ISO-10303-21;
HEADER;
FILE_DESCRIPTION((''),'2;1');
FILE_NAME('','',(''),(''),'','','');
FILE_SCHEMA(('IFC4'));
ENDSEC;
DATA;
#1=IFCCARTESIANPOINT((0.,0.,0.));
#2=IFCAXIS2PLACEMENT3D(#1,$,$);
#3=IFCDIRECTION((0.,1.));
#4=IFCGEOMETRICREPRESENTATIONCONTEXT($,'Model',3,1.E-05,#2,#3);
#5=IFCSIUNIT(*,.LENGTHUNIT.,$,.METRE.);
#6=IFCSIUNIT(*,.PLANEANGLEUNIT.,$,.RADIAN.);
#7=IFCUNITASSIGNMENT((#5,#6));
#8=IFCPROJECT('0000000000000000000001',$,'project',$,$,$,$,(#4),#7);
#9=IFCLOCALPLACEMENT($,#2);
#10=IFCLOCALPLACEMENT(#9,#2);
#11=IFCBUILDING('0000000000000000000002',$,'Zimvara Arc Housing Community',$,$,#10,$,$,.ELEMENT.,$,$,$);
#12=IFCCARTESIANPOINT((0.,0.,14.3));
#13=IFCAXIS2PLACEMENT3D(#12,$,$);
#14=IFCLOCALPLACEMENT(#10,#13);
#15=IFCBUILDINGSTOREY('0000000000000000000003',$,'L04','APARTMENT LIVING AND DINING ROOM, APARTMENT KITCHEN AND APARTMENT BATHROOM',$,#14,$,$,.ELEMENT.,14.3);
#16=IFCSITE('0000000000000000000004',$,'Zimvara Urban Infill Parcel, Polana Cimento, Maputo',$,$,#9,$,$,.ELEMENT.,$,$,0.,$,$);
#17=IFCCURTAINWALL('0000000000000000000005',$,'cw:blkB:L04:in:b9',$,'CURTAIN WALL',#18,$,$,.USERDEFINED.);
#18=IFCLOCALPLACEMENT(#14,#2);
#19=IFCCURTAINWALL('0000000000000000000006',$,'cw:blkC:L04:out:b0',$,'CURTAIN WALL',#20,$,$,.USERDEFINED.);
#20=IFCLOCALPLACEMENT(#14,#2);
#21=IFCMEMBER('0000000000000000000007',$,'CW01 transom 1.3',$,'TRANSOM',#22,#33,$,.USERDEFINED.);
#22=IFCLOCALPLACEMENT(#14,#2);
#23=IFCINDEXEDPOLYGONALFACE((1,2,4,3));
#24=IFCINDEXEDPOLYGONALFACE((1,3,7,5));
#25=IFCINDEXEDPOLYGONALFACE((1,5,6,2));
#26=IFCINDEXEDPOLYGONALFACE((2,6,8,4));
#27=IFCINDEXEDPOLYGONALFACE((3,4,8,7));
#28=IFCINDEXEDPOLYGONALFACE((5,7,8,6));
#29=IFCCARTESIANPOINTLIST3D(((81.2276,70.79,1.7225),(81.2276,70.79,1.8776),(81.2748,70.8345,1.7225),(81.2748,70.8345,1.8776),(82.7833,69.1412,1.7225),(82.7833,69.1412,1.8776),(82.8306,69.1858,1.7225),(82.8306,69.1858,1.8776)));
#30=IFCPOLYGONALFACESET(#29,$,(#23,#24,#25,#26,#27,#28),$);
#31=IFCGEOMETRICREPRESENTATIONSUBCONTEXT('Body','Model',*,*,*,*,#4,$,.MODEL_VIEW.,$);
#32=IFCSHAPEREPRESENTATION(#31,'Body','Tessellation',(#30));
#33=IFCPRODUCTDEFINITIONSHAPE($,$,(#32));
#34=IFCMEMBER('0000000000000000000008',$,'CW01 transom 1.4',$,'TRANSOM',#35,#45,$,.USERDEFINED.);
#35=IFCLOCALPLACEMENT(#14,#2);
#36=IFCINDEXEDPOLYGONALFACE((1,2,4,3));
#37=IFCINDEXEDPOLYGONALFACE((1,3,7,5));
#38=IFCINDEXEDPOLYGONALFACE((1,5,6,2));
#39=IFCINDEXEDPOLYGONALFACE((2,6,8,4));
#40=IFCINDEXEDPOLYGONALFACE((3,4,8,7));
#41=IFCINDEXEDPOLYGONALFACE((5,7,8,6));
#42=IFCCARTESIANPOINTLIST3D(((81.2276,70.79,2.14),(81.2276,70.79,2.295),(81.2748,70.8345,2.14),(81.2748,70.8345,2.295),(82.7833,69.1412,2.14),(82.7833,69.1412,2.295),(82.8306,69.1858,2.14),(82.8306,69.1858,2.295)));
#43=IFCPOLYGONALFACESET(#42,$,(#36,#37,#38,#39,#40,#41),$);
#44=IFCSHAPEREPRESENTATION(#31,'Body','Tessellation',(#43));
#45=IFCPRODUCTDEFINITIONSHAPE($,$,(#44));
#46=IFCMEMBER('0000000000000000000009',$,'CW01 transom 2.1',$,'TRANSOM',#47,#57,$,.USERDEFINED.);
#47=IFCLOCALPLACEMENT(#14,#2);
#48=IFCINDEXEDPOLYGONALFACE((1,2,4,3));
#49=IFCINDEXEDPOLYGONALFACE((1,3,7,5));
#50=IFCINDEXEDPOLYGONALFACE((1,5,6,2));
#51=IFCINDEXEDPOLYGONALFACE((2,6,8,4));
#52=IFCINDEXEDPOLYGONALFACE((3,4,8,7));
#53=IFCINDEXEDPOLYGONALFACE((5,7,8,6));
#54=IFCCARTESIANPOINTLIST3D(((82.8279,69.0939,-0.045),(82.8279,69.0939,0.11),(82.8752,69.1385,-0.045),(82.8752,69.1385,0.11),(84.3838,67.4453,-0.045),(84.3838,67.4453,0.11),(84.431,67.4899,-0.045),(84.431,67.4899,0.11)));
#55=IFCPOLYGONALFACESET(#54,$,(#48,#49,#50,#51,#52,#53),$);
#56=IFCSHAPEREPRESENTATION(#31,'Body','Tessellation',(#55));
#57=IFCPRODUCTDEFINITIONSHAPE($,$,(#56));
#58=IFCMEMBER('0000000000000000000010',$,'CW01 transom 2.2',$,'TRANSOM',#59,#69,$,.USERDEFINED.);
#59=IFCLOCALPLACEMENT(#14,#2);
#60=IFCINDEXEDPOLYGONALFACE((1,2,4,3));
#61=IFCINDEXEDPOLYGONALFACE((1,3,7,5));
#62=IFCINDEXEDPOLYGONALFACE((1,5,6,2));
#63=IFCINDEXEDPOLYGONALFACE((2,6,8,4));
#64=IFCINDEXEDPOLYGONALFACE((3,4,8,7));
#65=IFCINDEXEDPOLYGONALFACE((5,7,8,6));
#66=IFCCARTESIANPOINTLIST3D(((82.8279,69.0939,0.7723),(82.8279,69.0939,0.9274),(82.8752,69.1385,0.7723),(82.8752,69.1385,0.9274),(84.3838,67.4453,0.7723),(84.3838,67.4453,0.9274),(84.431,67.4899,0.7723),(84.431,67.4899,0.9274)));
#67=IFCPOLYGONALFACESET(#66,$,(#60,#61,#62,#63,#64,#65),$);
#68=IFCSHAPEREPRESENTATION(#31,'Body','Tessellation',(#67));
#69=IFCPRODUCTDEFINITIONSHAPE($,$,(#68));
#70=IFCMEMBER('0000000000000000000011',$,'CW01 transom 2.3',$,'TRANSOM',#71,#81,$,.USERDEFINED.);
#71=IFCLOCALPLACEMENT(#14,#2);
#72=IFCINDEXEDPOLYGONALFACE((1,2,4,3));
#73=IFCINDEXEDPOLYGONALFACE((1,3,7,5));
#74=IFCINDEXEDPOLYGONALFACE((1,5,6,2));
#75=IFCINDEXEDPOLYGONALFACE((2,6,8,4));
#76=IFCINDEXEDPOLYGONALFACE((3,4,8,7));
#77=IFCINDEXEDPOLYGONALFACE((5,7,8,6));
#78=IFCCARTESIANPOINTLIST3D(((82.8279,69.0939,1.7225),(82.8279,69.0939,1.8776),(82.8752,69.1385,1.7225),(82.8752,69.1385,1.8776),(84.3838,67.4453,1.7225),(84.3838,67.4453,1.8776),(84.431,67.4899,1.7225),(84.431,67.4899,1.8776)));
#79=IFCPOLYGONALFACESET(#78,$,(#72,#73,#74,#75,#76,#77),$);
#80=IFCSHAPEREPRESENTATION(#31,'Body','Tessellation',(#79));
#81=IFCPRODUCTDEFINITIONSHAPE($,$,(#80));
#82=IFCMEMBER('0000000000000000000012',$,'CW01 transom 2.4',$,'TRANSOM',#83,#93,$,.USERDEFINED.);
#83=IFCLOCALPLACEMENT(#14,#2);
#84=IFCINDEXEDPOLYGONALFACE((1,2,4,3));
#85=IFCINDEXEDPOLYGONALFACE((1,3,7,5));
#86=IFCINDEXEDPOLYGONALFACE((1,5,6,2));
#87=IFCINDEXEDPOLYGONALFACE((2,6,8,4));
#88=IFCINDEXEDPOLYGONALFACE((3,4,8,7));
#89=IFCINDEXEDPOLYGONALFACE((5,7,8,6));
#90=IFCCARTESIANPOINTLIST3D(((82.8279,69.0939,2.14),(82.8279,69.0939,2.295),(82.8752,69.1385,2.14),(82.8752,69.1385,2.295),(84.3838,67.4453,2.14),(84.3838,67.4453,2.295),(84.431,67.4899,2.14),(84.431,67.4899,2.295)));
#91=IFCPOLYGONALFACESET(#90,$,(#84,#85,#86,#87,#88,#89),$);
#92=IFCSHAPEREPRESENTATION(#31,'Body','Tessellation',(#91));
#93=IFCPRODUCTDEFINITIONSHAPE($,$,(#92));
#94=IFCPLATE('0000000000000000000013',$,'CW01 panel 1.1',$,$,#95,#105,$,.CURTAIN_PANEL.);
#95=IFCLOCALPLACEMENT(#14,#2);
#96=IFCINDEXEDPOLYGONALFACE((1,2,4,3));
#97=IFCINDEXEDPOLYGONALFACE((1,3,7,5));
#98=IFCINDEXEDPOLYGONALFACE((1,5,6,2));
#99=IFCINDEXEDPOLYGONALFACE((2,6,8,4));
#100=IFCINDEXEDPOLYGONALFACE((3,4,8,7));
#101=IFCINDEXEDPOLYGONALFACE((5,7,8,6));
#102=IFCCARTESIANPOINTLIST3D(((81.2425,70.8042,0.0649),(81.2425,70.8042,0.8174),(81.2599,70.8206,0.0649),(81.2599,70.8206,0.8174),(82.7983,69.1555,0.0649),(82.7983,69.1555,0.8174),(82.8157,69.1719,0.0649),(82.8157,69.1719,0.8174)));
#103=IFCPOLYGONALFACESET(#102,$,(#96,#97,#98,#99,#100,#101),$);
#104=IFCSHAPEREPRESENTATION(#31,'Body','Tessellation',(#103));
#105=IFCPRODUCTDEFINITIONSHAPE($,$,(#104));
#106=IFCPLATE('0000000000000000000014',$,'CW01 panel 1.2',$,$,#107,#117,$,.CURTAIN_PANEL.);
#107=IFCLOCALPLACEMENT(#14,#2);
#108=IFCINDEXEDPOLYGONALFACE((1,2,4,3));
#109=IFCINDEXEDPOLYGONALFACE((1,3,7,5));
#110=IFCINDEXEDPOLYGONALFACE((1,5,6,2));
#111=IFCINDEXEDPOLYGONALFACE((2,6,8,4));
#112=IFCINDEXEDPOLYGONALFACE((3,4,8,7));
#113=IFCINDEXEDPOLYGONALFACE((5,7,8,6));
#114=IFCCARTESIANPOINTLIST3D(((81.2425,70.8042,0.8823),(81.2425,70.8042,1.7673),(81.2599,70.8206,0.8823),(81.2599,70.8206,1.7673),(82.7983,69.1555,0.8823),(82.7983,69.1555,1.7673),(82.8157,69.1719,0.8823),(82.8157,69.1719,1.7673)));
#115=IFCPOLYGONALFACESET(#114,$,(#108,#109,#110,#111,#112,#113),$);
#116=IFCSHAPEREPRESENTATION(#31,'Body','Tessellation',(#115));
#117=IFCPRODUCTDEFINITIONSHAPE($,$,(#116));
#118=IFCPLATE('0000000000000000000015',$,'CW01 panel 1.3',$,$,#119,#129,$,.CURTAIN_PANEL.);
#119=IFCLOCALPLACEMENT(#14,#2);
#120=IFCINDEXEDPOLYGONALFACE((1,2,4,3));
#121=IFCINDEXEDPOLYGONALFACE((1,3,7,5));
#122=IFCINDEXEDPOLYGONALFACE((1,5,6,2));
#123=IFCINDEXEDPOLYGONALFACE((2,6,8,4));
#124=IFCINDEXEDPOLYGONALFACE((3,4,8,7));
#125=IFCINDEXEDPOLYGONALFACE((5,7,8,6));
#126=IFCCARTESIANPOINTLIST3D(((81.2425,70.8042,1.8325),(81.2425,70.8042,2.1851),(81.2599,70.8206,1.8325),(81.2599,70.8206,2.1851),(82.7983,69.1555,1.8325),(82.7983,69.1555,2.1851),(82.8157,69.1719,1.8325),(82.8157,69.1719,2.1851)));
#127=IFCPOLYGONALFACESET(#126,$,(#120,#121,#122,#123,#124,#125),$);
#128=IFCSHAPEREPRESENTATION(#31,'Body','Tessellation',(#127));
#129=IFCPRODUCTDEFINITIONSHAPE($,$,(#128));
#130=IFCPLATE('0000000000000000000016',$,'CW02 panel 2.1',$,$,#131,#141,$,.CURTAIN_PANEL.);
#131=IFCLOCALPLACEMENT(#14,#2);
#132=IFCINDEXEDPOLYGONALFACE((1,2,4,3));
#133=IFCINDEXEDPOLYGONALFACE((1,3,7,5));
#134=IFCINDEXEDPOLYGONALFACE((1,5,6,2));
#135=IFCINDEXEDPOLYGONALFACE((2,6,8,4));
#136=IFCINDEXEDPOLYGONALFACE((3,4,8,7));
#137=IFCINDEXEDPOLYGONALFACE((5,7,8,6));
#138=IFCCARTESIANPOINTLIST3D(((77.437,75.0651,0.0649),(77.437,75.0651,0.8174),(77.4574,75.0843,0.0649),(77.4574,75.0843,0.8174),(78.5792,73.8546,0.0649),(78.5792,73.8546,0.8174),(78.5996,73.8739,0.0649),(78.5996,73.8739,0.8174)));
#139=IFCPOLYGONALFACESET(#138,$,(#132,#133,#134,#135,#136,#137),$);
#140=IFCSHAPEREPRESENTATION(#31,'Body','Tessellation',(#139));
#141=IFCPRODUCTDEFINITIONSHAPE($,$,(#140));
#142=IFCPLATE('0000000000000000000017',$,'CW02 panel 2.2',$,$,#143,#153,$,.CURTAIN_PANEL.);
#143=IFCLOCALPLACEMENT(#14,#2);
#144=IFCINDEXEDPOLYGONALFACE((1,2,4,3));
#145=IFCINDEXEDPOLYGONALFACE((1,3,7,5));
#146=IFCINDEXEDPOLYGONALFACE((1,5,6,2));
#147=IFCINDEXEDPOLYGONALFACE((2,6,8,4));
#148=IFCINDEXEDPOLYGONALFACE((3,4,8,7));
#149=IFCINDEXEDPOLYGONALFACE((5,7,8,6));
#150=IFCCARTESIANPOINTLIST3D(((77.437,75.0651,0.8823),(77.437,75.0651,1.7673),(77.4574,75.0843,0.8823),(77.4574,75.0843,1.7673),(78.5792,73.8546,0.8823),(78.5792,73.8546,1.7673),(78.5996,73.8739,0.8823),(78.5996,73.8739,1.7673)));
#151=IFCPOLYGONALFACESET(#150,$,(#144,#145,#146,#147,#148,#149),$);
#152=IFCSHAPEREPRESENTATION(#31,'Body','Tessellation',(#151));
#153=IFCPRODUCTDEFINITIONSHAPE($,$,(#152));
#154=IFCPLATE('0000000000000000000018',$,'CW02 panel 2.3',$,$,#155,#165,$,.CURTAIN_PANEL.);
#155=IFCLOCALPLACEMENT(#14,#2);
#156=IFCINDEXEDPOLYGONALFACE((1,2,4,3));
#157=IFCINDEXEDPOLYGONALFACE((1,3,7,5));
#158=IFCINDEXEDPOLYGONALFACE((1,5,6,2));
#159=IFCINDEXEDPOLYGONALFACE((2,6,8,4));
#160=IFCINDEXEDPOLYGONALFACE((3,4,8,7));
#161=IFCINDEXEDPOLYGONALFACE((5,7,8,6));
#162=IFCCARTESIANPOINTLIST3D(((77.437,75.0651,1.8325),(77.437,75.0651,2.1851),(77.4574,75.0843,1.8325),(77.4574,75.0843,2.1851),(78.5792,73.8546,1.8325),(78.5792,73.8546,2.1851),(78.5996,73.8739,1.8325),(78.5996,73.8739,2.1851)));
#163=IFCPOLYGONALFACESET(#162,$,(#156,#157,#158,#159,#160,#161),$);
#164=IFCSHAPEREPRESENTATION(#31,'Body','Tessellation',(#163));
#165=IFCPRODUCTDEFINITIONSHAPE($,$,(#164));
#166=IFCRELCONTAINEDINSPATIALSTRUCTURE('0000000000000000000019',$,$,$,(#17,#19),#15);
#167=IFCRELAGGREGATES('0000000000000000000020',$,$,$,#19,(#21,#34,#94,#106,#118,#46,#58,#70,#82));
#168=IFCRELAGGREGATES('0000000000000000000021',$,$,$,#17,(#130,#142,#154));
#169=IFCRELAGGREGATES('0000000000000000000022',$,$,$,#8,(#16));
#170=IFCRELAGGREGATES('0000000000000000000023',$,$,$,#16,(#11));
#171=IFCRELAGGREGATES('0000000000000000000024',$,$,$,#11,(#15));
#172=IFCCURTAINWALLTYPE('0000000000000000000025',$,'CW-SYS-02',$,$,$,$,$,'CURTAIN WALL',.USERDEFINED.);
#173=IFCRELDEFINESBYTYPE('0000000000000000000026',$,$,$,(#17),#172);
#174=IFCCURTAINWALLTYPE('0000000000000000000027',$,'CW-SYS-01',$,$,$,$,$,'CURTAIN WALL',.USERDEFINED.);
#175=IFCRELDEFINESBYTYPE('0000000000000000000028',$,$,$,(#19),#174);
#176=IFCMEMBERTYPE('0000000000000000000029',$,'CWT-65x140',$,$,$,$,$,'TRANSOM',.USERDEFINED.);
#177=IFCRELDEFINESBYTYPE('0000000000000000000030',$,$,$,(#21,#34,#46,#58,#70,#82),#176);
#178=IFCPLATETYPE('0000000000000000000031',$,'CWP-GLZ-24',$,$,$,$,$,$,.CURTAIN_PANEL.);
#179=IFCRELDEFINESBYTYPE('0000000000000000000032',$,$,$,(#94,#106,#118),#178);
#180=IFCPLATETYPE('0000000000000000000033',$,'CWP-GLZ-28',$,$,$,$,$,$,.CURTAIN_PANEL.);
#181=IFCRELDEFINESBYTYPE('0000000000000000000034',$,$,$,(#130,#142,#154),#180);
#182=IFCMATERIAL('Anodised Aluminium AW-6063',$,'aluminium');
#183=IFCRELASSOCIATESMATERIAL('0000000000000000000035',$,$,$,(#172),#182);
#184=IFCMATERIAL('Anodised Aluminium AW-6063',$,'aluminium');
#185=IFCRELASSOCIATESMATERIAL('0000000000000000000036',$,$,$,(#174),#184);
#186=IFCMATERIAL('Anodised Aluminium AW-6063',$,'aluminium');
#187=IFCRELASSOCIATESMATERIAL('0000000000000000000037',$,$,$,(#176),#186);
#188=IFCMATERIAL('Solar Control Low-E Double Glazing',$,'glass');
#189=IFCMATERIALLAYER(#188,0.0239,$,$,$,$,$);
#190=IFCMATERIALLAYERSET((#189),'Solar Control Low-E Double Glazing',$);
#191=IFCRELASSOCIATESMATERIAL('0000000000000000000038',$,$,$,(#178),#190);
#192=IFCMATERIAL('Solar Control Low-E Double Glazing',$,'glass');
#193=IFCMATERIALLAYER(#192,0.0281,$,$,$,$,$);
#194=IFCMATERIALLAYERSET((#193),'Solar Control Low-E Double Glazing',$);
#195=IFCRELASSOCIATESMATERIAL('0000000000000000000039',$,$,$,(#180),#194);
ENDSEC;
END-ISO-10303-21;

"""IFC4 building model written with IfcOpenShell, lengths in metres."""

from ifc_helpers import new_model, si_unit, direction, frame, origin, origin_2d, place, context, subcontext, project, spatial, rectangle, extrude, material, layer, layer_set, material_profile, profile_set, type_object, element, aggregate, save


model = new_model("IFC4")

# Units and contexts
model_context = context("Model", 3, precision=1e-05, world=origin(), true_north=direction((0.0, 1.0)))
body_context = subcontext(model_context, "Body", "Model", "MODEL_VIEW")
ifc_project = project(units=[si_unit("LENGTHUNIT", "METRE"), si_unit("PLANEANGLEUNIT", "RADIAN")], contexts=[model_context])

# Site, building, storey
site_placement = place(None, origin())
site = spatial("IfcSite", under=ifc_project, at=site_placement, Name="Zimvara Urban Infill Parcel, Polana Cimento, Maputo", CompositionType="ELEMENT", RefElevation=0.0)
building_placement = place(site_placement, origin())
building = spatial("IfcBuilding", under=site, at=building_placement, Name="Zimvara Arc Housing Community", CompositionType="ELEMENT")
storey_placement = place(building_placement, frame((0.0, 0.0, 14.3)))
storey = spatial("IfcBuildingStorey", under=building, at=storey_placement, Name="L04", Description="APARTMENT LIVING AND DINING ROOM, APARTMENT KITCHEN AND APARTMENT BATHROOM", CompositionType="ELEMENT", Elevation=14.3)

# Curtain wall
ifc_material_1 = material(Name="Anodised Aluminium AW-6063", Category="aluminium")
curtain_wall_type_1 = type_object("IfcCurtainWallType", Name="CW-SYS-02", ElementType="CURTAIN WALL", PredefinedType="USERDEFINED", material=ifc_material_1)
curtain_wall_1_placement = place(storey_placement, origin())
curtain_wall_1 = element("IfcCurtainWall", 1, at=curtain_wall_1_placement, inside=storey, type_object=curtain_wall_type_1, Name="cw:blkB:L04:in:b9", ObjectType="CURTAIN WALL", PredefinedType="USERDEFINED")

# Curtain wall, members, plates
ifc_material_2 = material(Name="Anodised Aluminium AW-6063", Category="aluminium")
curtain_wall_type_2 = type_object("IfcCurtainWallType", Name="CW-SYS-01", ElementType="CURTAIN WALL", PredefinedType="USERDEFINED", material=ifc_material_2)
curtain_wall_2_placement = place(storey_placement, origin())
curtain_wall_2 = element("IfcCurtainWall", 2, at=curtain_wall_2_placement, inside=storey, type_object=curtain_wall_type_2, Name="cw:blkC:L04:out:b0", ObjectType="CURTAIN WALL", PredefinedType="USERDEFINED")
ifc_material_3 = material(Name="Anodised Aluminium AW-6063", Category="aluminium")
ifc_material_profile_1 = material_profile(ifc_material_3, rectangle(XDim=0.0649, YDim=0.155, at=origin_2d()), Name="ALU 65x155")
ifc_profile_set_1 = profile_set([ifc_material_profile_1], Name="Anodised Aluminium AW-6063")
member_type_1 = type_object("IfcMemberType", Name="CWT-65x140", ElementType="TRANSOM", PredefinedType="USERDEFINED", material=ifc_profile_set_1)
member_1_placement = place(storey_placement, frame((81.2512, 70.8123, 1.8), z_axis=(0.686291, -0.727327, 0.0), x_axis=(0.727327, 0.686291, 0.0)))
member_1 = element("IfcMember", 3, at=member_1_placement, type_object=member_type_1, Name="CW01 transom 1.3", ObjectType="TRANSOM", PredefinedType="USERDEFINED", context=body_context, shape_type="SweptSolid", body=[
    extrude(rectangle(XDim=0.0649, YDim=0.155, at=origin_2d()), origin(), (0.0, 0.0, 1.0), 2.2668),
])
member_2_placement = place(storey_placement, frame((81.2512, 70.8123, 2.2175), z_axis=(0.686291, -0.727327, 0.0), x_axis=(0.727327, 0.686291, 0.0)))
member_2 = element("IfcMember", 4, at=member_2_placement, type_object=member_type_1, Name="CW01 transom 1.4", ObjectType="TRANSOM", PredefinedType="USERDEFINED", context=body_context, shape_type="SweptSolid", body=[
    extrude(rectangle(XDim=0.0649, YDim=0.155, at=origin_2d()), origin(), (0.0, 0.0, 1.0), 2.2668),
])
member_3_placement = place(storey_placement, frame((82.8516, 69.1162, 0.0325), z_axis=(0.686348, -0.727273, 0.0), x_axis=(0.727273, 0.686348, 0.0)))
member_3 = element("IfcMember", 5, at=member_3_placement, type_object=member_type_1, Name="CW01 transom 2.1", ObjectType="TRANSOM", PredefinedType="USERDEFINED", context=body_context, shape_type="SweptSolid", body=[
    extrude(rectangle(XDim=0.0649, YDim=0.155, at=origin_2d()), origin(), (0.0, 0.0, 1.0), 2.2668),
])
member_4_placement = place(storey_placement, frame((82.8516, 69.1162, 0.8499), z_axis=(0.686348, -0.727273, 0.0), x_axis=(0.727273, 0.686348, 0.0)))
member_4 = element("IfcMember", 6, at=member_4_placement, type_object=member_type_1, Name="CW01 transom 2.2", ObjectType="TRANSOM", PredefinedType="USERDEFINED", context=body_context, shape_type="SweptSolid", body=[
    extrude(rectangle(XDim=0.0649, YDim=0.155, at=origin_2d()), origin(), (0.0, 0.0, 1.0), 2.2668),
])
member_5_placement = place(storey_placement, frame((82.8516, 69.1162, 1.8), z_axis=(0.686348, -0.727273, 0.0), x_axis=(0.727273, 0.686348, 0.0)))
member_5 = element("IfcMember", 7, at=member_5_placement, type_object=member_type_1, Name="CW01 transom 2.3", ObjectType="TRANSOM", PredefinedType="USERDEFINED", context=body_context, shape_type="SweptSolid", body=[
    extrude(rectangle(XDim=0.0649, YDim=0.155, at=origin_2d()), origin(), (0.0, 0.0, 1.0), 2.2668),
])
member_6_placement = place(storey_placement, frame((82.8516, 69.1162, 2.2175), z_axis=(0.686348, -0.727273, 0.0), x_axis=(0.727273, 0.686348, 0.0)))
member_6 = element("IfcMember", 8, at=member_6_placement, type_object=member_type_1, Name="CW01 transom 2.4", ObjectType="TRANSOM", PredefinedType="USERDEFINED", context=body_context, shape_type="SweptSolid", body=[
    extrude(rectangle(XDim=0.0649, YDim=0.155, at=origin_2d()), origin(), (0.0, 0.0, 1.0), 2.2668),
])
ifc_material_4 = material(Name="Solar Control Low-E Double Glazing", Category="glass")
ifc_layer_1 = layer(ifc_material_4, 0.0239)
ifc_layer_set_1 = layer_set([ifc_layer_1], Name="Solar Control Low-E Double Glazing")
plate_type_1 = type_object("IfcPlateType", Name="CWP-GLZ-24", PredefinedType="CURTAIN_PANEL", material=ifc_layer_set_1)
plate_1_placement = place(storey_placement, frame((82.0291, 69.988, 0.0649), z_axis=(0.0, 0.0, 1.0), x_axis=(0.686326, -0.727294, 0.0)))
plate_1 = element("IfcPlate", 9, at=plate_1_placement, type_object=plate_type_1, Name="CW01 panel 1.1", PredefinedType="CURTAIN_PANEL", context=body_context, shape_type="SweptSolid", body=[
    extrude(rectangle(XDim=2.2668, YDim=0.0239, at=origin_2d()), origin(), (0.0, 0.0, 1.0), 0.7524),
])
plate_2_placement = place(storey_placement, frame((82.0291, 69.988, 0.8823), z_axis=(0.0, 0.0, 1.0), x_axis=(0.686326, -0.727294, 0.0)))
plate_2 = element("IfcPlate", 10, at=plate_2_placement, type_object=plate_type_1, Name="CW01 panel 1.2", PredefinedType="CURTAIN_PANEL", context=body_context, shape_type="SweptSolid", body=[
    extrude(rectangle(XDim=2.2668, YDim=0.0239, at=origin_2d()), origin(), (0.0, 0.0, 1.0), 0.885),
])
plate_3_placement = place(storey_placement, frame((82.0291, 69.988, 1.8325), z_axis=(0.0, 0.0, 1.0), x_axis=(0.686326, -0.727294, 0.0)))
plate_3 = element("IfcPlate", 11, at=plate_3_placement, type_object=plate_type_1, Name="CW01 panel 1.3", PredefinedType="CURTAIN_PANEL", context=body_context, shape_type="SweptSolid", body=[
    extrude(rectangle(XDim=2.2668, YDim=0.0239, at=origin_2d()), origin(), (0.0, 0.0, 1.0), 0.3525),
])
aggregate(curtain_wall_2, [member_1, member_2, plate_1, plate_2, plate_3, member_3, member_4, member_5, member_6])

# Plates
ifc_material_5 = material(Name="Solar Control Low-E Double Glazing", Category="glass")
ifc_layer_2 = layer(ifc_material_5, 0.0281)
ifc_layer_set_2 = layer_set([ifc_layer_2], Name="Solar Control Low-E Double Glazing")
plate_type_2 = type_object("IfcPlateType", Name="CWP-GLZ-28", PredefinedType="CURTAIN_PANEL", material=ifc_layer_set_2)
plate_4_placement = place(storey_placement, frame((78.0183, 74.4695, 0.0649), z_axis=(0.0, 0.0, 1.0), x_axis=(0.686327, -0.727293, 0.0)))
plate_4 = element("IfcPlate", 12, at=plate_4_placement, type_object=plate_type_2, Name="CW02 panel 2.1", PredefinedType="CURTAIN_PANEL", context=body_context, shape_type="SweptSolid", body=[
    extrude(rectangle(XDim=1.6643, YDim=0.0281, at=origin_2d()), origin(), (0.0, 0.0, 1.0), 0.7524),
])
plate_5_placement = place(storey_placement, frame((78.0183, 74.4695, 0.8823), z_axis=(0.0, 0.0, 1.0), x_axis=(0.686327, -0.727293, 0.0)))
plate_5 = element("IfcPlate", 13, at=plate_5_placement, type_object=plate_type_2, Name="CW02 panel 2.2", PredefinedType="CURTAIN_PANEL", context=body_context, shape_type="SweptSolid", body=[
    extrude(rectangle(XDim=1.6643, YDim=0.0281, at=origin_2d()), origin(), (0.0, 0.0, 1.0), 0.885),
])
plate_6_placement = place(storey_placement, frame((78.0183, 74.4695, 1.8325), z_axis=(0.0, 0.0, 1.0), x_axis=(0.686327, -0.727293, 0.0)))
plate_6 = element("IfcPlate", 14, at=plate_6_placement, type_object=plate_type_2, Name="CW02 panel 2.3", PredefinedType="CURTAIN_PANEL", context=body_context, shape_type="SweptSolid", body=[
    extrude(rectangle(XDim=1.6643, YDim=0.0281, at=origin_2d()), origin(), (0.0, 0.0, 1.0), 0.3525),
])
aggregate(curtain_wall_1, [plate_4, plate_5, plate_6])

save(model, "model.ifc")
